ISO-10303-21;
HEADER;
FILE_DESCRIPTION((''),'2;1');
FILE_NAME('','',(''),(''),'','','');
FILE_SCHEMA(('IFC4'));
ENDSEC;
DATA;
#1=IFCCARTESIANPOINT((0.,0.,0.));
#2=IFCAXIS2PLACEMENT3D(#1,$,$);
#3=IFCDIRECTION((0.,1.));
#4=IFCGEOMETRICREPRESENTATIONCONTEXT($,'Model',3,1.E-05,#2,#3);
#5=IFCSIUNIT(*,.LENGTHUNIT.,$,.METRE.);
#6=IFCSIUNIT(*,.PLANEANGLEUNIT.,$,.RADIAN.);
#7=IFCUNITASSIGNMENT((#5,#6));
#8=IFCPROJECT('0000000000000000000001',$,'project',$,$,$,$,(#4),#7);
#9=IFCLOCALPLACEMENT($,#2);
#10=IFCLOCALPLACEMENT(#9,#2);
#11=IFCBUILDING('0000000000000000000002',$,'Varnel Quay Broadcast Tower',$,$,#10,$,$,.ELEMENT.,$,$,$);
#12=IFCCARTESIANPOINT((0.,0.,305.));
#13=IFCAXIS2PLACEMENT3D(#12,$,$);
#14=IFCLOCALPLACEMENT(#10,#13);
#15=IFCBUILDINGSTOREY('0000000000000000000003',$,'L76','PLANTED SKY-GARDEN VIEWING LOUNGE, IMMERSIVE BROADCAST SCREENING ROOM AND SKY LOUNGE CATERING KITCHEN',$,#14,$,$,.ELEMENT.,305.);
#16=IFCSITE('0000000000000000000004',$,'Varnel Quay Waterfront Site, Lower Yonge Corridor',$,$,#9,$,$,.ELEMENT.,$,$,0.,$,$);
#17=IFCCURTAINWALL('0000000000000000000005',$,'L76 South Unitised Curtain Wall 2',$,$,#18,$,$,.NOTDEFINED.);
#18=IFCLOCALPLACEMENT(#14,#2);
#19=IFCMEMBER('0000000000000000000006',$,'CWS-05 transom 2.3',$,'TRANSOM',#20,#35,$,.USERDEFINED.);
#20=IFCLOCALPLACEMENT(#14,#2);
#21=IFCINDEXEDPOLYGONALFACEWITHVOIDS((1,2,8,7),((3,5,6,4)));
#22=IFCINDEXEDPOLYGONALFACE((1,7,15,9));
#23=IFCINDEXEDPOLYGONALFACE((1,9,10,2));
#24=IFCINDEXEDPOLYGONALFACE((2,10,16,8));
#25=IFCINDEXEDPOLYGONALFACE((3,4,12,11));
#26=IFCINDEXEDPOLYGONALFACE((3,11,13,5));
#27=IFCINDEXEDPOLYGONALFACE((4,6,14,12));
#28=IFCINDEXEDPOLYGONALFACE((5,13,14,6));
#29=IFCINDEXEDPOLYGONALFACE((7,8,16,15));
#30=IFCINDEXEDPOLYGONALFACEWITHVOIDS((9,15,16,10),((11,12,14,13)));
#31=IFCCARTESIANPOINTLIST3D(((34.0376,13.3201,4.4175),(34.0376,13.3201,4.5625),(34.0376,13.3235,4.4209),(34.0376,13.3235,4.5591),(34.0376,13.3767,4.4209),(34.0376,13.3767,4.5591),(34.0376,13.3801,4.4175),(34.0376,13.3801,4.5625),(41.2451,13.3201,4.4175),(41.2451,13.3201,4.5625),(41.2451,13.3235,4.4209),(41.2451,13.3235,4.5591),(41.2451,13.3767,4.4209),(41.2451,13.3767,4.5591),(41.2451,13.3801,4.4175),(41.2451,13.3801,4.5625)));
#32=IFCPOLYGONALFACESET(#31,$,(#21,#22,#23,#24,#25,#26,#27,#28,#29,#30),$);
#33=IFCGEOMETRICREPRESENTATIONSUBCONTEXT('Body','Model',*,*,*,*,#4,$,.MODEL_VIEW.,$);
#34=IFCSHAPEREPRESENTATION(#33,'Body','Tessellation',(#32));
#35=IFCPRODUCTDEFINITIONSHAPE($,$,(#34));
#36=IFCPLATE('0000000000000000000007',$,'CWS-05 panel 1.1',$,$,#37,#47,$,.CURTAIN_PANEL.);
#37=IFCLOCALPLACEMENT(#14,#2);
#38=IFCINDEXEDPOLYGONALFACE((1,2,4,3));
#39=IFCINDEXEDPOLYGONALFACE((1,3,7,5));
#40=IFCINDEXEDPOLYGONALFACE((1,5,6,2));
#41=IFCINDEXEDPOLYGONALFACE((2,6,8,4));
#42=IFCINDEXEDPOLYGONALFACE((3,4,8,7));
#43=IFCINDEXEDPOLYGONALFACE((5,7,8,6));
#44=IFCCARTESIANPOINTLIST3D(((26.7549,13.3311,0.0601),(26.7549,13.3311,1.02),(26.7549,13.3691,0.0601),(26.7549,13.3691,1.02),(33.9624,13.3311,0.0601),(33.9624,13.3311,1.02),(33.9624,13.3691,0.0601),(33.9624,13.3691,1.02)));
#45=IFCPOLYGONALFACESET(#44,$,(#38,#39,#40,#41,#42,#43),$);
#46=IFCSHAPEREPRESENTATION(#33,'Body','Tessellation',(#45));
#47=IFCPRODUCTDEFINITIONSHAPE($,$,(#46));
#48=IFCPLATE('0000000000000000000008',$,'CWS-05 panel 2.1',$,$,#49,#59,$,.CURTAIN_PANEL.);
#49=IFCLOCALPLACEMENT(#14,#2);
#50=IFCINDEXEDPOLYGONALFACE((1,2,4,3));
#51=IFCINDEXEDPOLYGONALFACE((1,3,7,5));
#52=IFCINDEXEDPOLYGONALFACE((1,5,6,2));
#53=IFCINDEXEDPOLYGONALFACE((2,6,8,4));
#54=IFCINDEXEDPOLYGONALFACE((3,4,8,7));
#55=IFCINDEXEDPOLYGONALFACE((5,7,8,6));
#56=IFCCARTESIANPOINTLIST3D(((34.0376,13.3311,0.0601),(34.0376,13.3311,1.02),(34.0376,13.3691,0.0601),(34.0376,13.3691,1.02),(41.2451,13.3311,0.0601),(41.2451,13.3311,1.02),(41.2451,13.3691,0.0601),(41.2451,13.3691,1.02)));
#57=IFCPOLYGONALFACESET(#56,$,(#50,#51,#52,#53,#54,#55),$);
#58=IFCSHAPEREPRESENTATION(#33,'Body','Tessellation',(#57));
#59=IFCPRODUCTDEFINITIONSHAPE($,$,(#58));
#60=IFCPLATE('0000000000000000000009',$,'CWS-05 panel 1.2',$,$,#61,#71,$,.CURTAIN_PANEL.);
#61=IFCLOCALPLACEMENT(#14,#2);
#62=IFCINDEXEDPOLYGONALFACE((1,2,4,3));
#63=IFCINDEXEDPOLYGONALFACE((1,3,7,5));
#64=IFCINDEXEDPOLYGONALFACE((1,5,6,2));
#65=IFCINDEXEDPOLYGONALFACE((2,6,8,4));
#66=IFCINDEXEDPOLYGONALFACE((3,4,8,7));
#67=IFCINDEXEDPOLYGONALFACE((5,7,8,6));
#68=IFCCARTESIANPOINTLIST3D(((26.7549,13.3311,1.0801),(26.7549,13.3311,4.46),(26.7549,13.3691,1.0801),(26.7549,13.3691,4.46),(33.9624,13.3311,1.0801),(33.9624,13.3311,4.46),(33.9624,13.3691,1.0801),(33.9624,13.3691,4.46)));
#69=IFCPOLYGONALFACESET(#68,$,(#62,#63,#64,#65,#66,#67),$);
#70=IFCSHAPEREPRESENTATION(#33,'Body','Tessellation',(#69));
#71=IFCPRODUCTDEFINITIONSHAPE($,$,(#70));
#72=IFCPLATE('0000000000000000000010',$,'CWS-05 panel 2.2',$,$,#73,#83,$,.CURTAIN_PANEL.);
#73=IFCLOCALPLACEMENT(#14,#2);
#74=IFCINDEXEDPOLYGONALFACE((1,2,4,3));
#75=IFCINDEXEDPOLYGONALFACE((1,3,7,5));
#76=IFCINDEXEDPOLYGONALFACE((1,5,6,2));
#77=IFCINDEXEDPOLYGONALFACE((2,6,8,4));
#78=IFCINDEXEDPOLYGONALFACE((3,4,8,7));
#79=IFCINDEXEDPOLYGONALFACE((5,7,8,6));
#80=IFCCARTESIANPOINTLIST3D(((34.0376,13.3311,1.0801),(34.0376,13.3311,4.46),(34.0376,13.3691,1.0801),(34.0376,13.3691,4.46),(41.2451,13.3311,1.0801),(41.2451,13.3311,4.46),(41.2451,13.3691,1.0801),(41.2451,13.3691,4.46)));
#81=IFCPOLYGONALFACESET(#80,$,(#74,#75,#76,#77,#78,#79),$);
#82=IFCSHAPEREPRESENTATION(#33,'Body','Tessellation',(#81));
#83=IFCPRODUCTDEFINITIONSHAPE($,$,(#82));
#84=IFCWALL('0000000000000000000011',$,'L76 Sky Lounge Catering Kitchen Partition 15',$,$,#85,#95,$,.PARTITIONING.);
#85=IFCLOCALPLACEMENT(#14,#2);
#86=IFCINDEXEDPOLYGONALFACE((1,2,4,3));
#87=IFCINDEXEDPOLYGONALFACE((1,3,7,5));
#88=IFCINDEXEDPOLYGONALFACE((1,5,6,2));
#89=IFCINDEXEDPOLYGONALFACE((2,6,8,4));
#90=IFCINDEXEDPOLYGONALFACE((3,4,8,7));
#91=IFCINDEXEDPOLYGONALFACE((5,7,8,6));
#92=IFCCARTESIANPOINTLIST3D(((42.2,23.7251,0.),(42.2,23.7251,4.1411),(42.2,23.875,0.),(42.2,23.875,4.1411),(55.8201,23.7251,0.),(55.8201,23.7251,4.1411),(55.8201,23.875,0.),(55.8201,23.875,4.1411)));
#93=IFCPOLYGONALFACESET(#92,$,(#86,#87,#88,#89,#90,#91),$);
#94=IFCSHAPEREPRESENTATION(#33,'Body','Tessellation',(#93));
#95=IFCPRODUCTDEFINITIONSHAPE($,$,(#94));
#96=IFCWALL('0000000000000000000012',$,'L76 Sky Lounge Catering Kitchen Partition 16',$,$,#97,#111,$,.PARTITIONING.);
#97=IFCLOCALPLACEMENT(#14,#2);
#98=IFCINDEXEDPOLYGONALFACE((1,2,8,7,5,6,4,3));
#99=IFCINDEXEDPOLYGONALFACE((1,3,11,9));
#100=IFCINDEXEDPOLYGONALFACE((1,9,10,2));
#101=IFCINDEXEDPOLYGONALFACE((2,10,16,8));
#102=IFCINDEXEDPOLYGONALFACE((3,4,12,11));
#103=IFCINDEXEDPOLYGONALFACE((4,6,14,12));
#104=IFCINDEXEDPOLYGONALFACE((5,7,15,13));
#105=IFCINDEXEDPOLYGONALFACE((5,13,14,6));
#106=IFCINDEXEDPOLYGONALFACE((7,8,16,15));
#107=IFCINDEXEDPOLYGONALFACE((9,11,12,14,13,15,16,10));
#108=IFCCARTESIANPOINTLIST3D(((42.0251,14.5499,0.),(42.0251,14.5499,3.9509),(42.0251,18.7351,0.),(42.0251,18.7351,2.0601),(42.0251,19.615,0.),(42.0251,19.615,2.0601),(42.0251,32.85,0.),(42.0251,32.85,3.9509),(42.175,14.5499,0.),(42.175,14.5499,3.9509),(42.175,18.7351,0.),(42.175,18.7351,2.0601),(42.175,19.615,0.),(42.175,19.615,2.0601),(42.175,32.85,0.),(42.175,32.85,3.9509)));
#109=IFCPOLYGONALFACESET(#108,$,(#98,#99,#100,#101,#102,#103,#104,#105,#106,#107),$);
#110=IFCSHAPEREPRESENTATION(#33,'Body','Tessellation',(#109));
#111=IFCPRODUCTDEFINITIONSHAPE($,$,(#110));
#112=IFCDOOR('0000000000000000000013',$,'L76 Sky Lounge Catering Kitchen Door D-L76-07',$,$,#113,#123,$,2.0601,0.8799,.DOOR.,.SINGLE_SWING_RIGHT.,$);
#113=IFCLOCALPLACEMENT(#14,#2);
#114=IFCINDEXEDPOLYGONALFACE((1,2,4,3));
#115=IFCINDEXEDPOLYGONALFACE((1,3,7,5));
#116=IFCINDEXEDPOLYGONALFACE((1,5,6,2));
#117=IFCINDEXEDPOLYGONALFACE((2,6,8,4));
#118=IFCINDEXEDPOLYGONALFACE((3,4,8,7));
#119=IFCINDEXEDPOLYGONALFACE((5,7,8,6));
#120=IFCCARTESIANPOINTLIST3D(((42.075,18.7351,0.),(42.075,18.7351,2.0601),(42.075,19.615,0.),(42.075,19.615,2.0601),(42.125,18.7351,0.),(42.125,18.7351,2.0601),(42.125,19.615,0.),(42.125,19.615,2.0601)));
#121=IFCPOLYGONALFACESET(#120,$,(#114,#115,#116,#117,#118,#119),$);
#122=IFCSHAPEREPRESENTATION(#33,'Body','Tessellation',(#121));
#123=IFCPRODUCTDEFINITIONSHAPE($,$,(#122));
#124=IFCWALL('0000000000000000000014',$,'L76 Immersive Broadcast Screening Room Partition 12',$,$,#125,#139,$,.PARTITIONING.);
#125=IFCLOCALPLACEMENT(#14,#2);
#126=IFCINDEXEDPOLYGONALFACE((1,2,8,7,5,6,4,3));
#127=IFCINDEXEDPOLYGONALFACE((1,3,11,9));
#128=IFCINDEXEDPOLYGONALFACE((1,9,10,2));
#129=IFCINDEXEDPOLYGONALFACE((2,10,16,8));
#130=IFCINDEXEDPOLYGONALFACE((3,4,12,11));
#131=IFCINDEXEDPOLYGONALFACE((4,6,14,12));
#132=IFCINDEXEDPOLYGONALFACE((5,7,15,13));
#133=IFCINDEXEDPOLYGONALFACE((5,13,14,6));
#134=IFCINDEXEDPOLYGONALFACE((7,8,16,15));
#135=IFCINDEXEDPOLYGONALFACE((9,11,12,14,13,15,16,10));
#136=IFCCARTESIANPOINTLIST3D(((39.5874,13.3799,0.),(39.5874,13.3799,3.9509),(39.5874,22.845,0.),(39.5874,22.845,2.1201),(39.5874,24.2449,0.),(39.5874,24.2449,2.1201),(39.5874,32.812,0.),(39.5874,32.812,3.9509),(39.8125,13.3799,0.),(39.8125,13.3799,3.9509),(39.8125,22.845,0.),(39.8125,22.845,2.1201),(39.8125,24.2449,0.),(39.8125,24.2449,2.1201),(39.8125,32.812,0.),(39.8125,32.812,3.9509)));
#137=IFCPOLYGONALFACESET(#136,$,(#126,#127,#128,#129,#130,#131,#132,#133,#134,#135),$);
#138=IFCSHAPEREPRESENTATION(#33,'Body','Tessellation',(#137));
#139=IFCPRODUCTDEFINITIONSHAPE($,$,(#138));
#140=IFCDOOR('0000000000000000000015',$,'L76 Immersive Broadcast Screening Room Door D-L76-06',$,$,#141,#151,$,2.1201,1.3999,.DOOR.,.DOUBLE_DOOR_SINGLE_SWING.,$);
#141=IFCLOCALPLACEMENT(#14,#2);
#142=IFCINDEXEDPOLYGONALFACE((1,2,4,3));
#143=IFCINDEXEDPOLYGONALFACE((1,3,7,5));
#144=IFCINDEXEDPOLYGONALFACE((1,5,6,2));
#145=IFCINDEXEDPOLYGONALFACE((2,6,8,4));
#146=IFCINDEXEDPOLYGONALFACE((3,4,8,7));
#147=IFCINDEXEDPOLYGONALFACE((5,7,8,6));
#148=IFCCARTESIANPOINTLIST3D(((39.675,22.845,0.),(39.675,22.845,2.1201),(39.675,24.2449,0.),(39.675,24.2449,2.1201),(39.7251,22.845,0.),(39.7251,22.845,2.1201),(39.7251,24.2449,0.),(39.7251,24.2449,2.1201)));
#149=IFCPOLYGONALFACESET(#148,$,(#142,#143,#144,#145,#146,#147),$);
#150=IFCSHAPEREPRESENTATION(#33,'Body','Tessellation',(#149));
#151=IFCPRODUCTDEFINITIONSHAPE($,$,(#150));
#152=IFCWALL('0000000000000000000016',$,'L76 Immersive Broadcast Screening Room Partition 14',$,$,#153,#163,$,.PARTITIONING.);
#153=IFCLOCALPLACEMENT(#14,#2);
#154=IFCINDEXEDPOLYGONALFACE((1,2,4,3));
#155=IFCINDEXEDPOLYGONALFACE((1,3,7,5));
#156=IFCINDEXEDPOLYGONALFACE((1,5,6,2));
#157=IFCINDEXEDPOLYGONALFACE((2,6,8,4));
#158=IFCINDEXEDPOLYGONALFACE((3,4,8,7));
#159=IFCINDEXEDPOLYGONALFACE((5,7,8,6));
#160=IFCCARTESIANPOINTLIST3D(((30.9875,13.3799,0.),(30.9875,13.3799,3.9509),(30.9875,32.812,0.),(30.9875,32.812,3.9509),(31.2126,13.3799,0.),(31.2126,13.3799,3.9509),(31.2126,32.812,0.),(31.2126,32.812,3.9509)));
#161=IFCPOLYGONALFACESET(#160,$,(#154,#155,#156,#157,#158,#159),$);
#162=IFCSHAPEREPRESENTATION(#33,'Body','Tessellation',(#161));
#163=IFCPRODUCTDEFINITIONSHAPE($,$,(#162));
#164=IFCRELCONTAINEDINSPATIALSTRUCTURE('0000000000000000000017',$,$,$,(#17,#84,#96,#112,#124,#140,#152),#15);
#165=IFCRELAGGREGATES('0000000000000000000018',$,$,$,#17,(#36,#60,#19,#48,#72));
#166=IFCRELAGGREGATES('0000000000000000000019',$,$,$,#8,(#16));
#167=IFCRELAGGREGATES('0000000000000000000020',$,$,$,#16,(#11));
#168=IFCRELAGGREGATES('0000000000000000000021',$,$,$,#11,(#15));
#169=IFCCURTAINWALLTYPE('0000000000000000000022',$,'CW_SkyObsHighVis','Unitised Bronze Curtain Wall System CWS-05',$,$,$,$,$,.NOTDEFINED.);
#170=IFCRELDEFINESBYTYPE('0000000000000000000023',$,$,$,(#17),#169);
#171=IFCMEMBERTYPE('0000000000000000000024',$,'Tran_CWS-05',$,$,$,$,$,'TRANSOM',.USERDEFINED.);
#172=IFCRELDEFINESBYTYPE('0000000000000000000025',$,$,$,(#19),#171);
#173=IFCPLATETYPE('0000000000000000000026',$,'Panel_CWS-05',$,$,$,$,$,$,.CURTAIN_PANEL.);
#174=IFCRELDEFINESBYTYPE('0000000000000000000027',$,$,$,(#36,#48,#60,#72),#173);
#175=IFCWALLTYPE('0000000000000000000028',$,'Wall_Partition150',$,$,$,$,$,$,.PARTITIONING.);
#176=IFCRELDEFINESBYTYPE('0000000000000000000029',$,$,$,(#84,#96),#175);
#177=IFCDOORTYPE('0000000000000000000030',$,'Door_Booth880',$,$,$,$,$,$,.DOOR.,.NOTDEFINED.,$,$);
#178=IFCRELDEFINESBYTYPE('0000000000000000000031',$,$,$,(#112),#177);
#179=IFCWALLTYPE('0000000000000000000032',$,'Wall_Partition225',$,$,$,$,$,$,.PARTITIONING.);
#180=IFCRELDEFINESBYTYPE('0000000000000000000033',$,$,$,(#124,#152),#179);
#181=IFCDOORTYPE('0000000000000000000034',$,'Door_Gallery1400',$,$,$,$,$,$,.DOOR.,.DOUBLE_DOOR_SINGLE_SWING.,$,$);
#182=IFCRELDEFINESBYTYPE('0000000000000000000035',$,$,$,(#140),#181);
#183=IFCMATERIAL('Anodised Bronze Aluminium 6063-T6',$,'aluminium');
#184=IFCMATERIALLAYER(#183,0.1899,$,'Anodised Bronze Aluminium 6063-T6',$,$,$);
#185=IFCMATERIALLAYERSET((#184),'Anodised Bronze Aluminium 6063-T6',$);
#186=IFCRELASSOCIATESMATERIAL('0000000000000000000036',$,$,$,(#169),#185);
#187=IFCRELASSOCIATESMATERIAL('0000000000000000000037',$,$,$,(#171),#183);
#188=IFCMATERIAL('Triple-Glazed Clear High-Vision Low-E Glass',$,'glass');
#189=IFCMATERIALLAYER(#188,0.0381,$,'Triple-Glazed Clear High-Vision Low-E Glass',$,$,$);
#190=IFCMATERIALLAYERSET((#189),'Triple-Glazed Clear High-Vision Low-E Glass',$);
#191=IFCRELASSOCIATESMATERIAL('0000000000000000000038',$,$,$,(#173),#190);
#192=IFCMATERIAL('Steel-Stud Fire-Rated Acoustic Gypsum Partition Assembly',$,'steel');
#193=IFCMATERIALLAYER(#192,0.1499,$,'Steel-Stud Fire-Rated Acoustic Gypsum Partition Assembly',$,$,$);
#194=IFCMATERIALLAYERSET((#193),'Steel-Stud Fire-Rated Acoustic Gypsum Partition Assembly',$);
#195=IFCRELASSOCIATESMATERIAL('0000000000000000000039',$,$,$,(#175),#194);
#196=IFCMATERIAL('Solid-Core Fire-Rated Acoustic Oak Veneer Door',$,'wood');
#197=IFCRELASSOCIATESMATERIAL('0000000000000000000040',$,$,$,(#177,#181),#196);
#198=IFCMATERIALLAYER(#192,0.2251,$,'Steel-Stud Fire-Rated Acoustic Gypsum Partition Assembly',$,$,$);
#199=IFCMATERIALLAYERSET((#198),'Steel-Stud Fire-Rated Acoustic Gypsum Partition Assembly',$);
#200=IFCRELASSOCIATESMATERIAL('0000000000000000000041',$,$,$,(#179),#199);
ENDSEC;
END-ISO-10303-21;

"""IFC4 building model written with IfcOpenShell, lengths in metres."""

from ifc_helpers import new_model, si_unit, direction, frame, frame_2d, origin, origin_2d, place, context, subcontext, project, spatial, rectangle, hollow_rectangle, extrude, source, transform, mapped, material, layer, layer_set, material_profile, profile_set, type_object, type_shapes, element, fill, aggregate, save


model = new_model("IFC4")

# Units and contexts
model_context = context("Model", 3, precision=1e-05, world=origin(), true_north=direction((0.0, 1.0)))
body_context = subcontext(model_context, "Body", "Model", "MODEL_VIEW")
ifc_project = project(units=[si_unit("LENGTHUNIT", "METRE"), si_unit("PLANEANGLEUNIT", "RADIAN")], contexts=[model_context])

# Site, building, storey
site_placement = place(None, origin())
site = spatial("IfcSite", under=ifc_project, at=site_placement, Name="Varnel Quay Waterfront Site, Lower Yonge Corridor", CompositionType="ELEMENT", RefElevation=0.0)
building_placement = place(site_placement, origin())
building = spatial("IfcBuilding", under=site, at=building_placement, Name="Varnel Quay Broadcast Tower", CompositionType="ELEMENT")
storey_placement = place(building_placement, frame((0.0, 0.0, 305.0)))
storey = spatial("IfcBuildingStorey", under=building, at=storey_placement, Name="L76", Description="PLANTED SKY-GARDEN VIEWING LOUNGE, IMMERSIVE BROADCAST SCREENING ROOM AND SKY LOUNGE CATERING KITCHEN", CompositionType="ELEMENT", Elevation=305.0)

# Curtain wall, member, plates
ifc_material_1 = material(Name="Anodised Bronze Aluminium 6063-T6", Category="aluminium")
ifc_layer_1 = layer(ifc_material_1, 0.1899, Name="Anodised Bronze Aluminium 6063-T6")
ifc_layer_set_1 = layer_set([ifc_layer_1], Name="Anodised Bronze Aluminium 6063-T6")
curtain_wall_type = type_object("IfcCurtainWallType", Name="CW_SkyObsHighVis", Description="Unitised Bronze Curtain Wall System CWS-05", PredefinedType="NOTDEFINED", material=ifc_layer_set_1)
curtain_wall_placement = place(storey_placement, origin())
curtain_wall = element("IfcCurtainWall", 1, at=curtain_wall_placement, inside=storey, type_object=curtain_wall_type, Name="L76 South Unitised Curtain Wall 2", PredefinedType="NOTDEFINED")
ifc_material_profile_1 = material_profile(ifc_material_1, hollow_rectangle(XDim=0.0601, YDim=0.145, WallThickness=0.0034, at=origin_2d()), Name="ALU60X145X3.5")
ifc_profile_set_1 = profile_set([ifc_material_profile_1], Name="Anodised Bronze Aluminium 6063-T6")
member_type_1 = type_object("IfcMemberType", Name="Tran_CWS-05", ElementType="TRANSOM", PredefinedType="USERDEFINED", material=ifc_profile_set_1)
shared_shape_1 = source(origin(), body_context, "Body", "SweptSolid", [
    extrude(hollow_rectangle(XDim=0.0601, YDim=0.145, WallThickness=0.0034, at=origin_2d()), origin(), (0.0, 0.0, 1.0), 7.2075),
])
type_shapes(member_type_1, [shared_shape_1])
member_1_placement = place(storey_placement, frame((34.0376, 13.3501, 4.49), z_axis=(1.0, 0.0, 0.0), x_axis=(0.0, 1.0, 0.0)))
member_1 = element("IfcMember", 2, at=member_1_placement, type_object=member_type_1, Name="CWS-05 transom 2.3", ObjectType="TRANSOM", PredefinedType="USERDEFINED", context=body_context, shape_type="MappedRepresentation", body=[
    mapped(shared_shape_1, transform((0.0, 0.0, 0.0), x_axis=(1.0, 0.0, 0.0), y_axis=(0.0, 1.0, 0.0), z_axis=(0.0, 0.0, 1.0), scale=1.0)),
])
ifc_material_2 = material(Name="Triple-Glazed Clear High-Vision Low-E Glass", Category="glass")
ifc_layer_2 = layer(ifc_material_2, 0.0381, Name="Triple-Glazed Clear High-Vision Low-E Glass")
ifc_layer_set_2 = layer_set([ifc_layer_2], Name="Triple-Glazed Clear High-Vision Low-E Glass")
plate_type = type_object("IfcPlateType", Name="Panel_CWS-05", PredefinedType="CURTAIN_PANEL", material=ifc_layer_set_2)
shared_shape_2 = source(origin(), body_context, "Body", "SweptSolid", [
    extrude(rectangle(XDim=7.2075, YDim=0.0381, at=origin_2d()), origin(), (0.0, 0.0, 1.0), 0.96),
])
plate_1_placement = place(storey_placement, frame((30.3586, 13.3501, 0.0601), z_axis=(0.0, 0.0, 1.0), x_axis=(1.0, 0.0, 0.0)))
plate_1 = element("IfcPlate", 3, at=plate_1_placement, type_object=plate_type, Name="CWS-05 panel 1.1", PredefinedType="CURTAIN_PANEL", context=body_context, shape_type="MappedRepresentation", body=[
    mapped(shared_shape_2, transform((0.0, 0.0, 0.0), x_axis=(1.0, 0.0, 0.0), y_axis=(0.0, 1.0, 0.0), z_axis=(0.0, 0.0, 1.0), scale=1.0)),
])
plate_2_placement = place(storey_placement, frame((37.6414, 13.3501, 0.0601), z_axis=(0.0, 0.0, 1.0), x_axis=(1.0, 0.0, 0.0)))
plate_2 = element("IfcPlate", 4, at=plate_2_placement, type_object=plate_type, Name="CWS-05 panel 2.1", PredefinedType="CURTAIN_PANEL", context=body_context, shape_type="MappedRepresentation", body=[
    mapped(shared_shape_2, transform((0.0, 0.0, 0.0), x_axis=(1.0, 0.0, 0.0), y_axis=(0.0, 1.0, 0.0), z_axis=(0.0, 0.0, 1.0), scale=1.0)),
])
shared_shape_3 = source(origin(), body_context, "Body", "SweptSolid", [
    extrude(rectangle(XDim=7.2075, YDim=0.0381, at=origin_2d()), origin(), (0.0, 0.0, 1.0), 3.3799),
])
type_shapes(plate_type, [shared_shape_2, shared_shape_3])
plate_3_placement = place(storey_placement, frame((30.3586, 13.3501, 1.0801), z_axis=(0.0, 0.0, 1.0), x_axis=(1.0, 0.0, 0.0)))
plate_3 = element("IfcPlate", 5, at=plate_3_placement, type_object=plate_type, Name="CWS-05 panel 1.2", PredefinedType="CURTAIN_PANEL", context=body_context, shape_type="MappedRepresentation", body=[
    mapped(shared_shape_3, transform((0.0, 0.0, 0.0), x_axis=(1.0, 0.0, 0.0), y_axis=(0.0, 1.0, 0.0), z_axis=(0.0, 0.0, 1.0), scale=1.0)),
])
plate_4_placement = place(storey_placement, frame((37.6414, 13.3501, 1.0801), z_axis=(0.0, 0.0, 1.0), x_axis=(1.0, 0.0, 0.0)))
plate_4 = element("IfcPlate", 6, at=plate_4_placement, type_object=plate_type, Name="CWS-05 panel 2.2", PredefinedType="CURTAIN_PANEL", context=body_context, shape_type="MappedRepresentation", body=[
    mapped(shared_shape_3, transform((0.0, 0.0, 0.0), x_axis=(1.0, 0.0, 0.0), y_axis=(0.0, 1.0, 0.0), z_axis=(0.0, 0.0, 1.0), scale=1.0)),
])
aggregate(curtain_wall, [plate_1, plate_3, member_1, plate_2, plate_4])

# Wall
ifc_material_3 = material(Name="Steel-Stud Fire-Rated Acoustic Gypsum Partition Assembly", Category="steel")
ifc_layer_3 = layer(ifc_material_3, 0.1499, Name="Steel-Stud Fire-Rated Acoustic Gypsum Partition Assembly")
ifc_layer_set_3 = layer_set([ifc_layer_3], Name="Steel-Stud Fire-Rated Acoustic Gypsum Partition Assembly")
wall_type_1 = type_object("IfcWallType", Name="Wall_Partition150", PredefinedType="PARTITIONING", material=ifc_layer_set_3)
wall_1_placement = place(storey_placement, frame((42.2, 23.8, 0.0), z_axis=(0.0, 0.0, 1.0), x_axis=(1.0, 0.0, 0.0)))
element("IfcWall", 7, at=wall_1_placement, inside=storey, type_object=wall_type_1, Name="L76 Sky Lounge Catering Kitchen Partition 15", PredefinedType="PARTITIONING", context=body_context, shape_type="SweptSolid", body=[
    extrude(rectangle(XDim=13.6201, YDim=0.1499, at=frame_2d((6.8101, 0.0))), origin(), (0.0, 0.0, 1.0), 4.1411),
])

# Walls, openings, doors
wall_2_placement = place(storey_placement, frame((42.1001, 14.55, 0.0), z_axis=(0.0, 0.0, 1.0), x_axis=(0.0, 1.0, 0.0)))
wall_2 = element("IfcWall", 8, at=wall_2_placement, inside=storey, type_object=wall_type_1, Name="L76 Sky Lounge Catering Kitchen Partition 16", PredefinedType="PARTITIONING", context=body_context, shape_type="SweptSolid", body=[
    extrude(rectangle(XDim=18.3, YDim=0.1499, at=frame_2d((9.1499, 0.0))), origin(), (0.0, 0.0, 1.0), 3.9509),
])
opening_1_placement = place(wall_2_placement, frame((4.1851, 0.0, 0.0)))
opening_1 = element("IfcOpeningElement", 9, at=opening_1_placement, cuts=wall_2, PredefinedType="OPENING", context=body_context, shape_type="SweptSolid", body=[
    extrude(rectangle(XDim=0.8799, YDim=2.0601, at=frame_2d((0.4399, 1.03))), frame((0.0, 0.085, 0.0), z_axis=(0.0, -1.0, 0.0), x_axis=(1.0, 0.0, 0.0)), (0.0, 0.0, 1.0), 0.1699),
])
ifc_material_4 = material(Name="Solid-Core Fire-Rated Acoustic Oak Veneer Door", Category="wood")
door_type_1 = type_object("IfcDoorType", Name="Door_Booth880", OperationType="NOTDEFINED", PredefinedType="DOOR", material=ifc_material_4)
shared_shape_4 = source(origin(), body_context, "Body", "SweptSolid", [
    extrude(rectangle(XDim=0.8799, YDim=2.0601, at=frame_2d((0.4399, 1.03))), frame((0.0, 0.0249, 0.0), z_axis=(0.0, -1.0, 0.0), x_axis=(1.0, 0.0, 0.0)), (0.0, 0.0, 1.0), 0.05),
])
type_shapes(door_type_1, [shared_shape_4])
door_1_placement = place(opening_1_placement, frame((0.8799, 0.0, 0.0), z_axis=(0.0, 0.0, 1.0), x_axis=(-1.0, 0.0, 0.0)))
door_1 = element("IfcDoor", 10, at=door_1_placement, inside=storey, type_object=door_type_1, Name="L76 Sky Lounge Catering Kitchen Door D-L76-07", OperationType="SINGLE_SWING_RIGHT", OverallHeight=2.0601, OverallWidth=0.8799, PredefinedType="DOOR", context=body_context, shape_type="MappedRepresentation", body=[
    mapped(shared_shape_4, transform((0.0, 0.0, 0.0), x_axis=(1.0, 0.0, 0.0), y_axis=(0.0, 1.0, 0.0), z_axis=(0.0, 0.0, 1.0), scale=1.0)),
])
fill(opening_1, door_1)
ifc_layer_4 = layer(ifc_material_3, 0.2251, Name="Steel-Stud Fire-Rated Acoustic Gypsum Partition Assembly")
ifc_layer_set_4 = layer_set([ifc_layer_4], Name="Steel-Stud Fire-Rated Acoustic Gypsum Partition Assembly")
wall_type_2 = type_object("IfcWallType", Name="Wall_Partition225", PredefinedType="PARTITIONING", material=ifc_layer_set_4)
wall_3_placement = place(storey_placement, frame((39.7, 13.3799, 0.0), z_axis=(0.0, 0.0, 1.0), x_axis=(0.0, 1.0, 0.0)))
wall_3 = element("IfcWall", 11, at=wall_3_placement, inside=storey, type_object=wall_type_2, Name="L76 Immersive Broadcast Screening Room Partition 12", PredefinedType="PARTITIONING", context=body_context, shape_type="SweptSolid", body=[
    extrude(rectangle(XDim=19.4321, YDim=0.2251, at=frame_2d((9.7161, 0.0))), origin(), (0.0, 0.0, 1.0), 3.9509),
])
opening_2_placement = place(wall_3_placement, frame((9.4651, 0.0, 0.0)))
opening_2 = element("IfcOpeningElement", 12, at=opening_2_placement, cuts=wall_3, PredefinedType="OPENING", context=body_context, shape_type="SweptSolid", body=[
    extrude(rectangle(XDim=1.3999, YDim=2.1201, at=frame_2d((0.7, 1.0601))), frame((0.0, 0.1226, 0.0), z_axis=(0.0, -1.0, 0.0), x_axis=(1.0, 0.0, 0.0)), (0.0, 0.0, 1.0), 0.2451),
])
door_type_2 = type_object("IfcDoorType", Name="Door_Gallery1400", OperationType="DOUBLE_DOOR_SINGLE_SWING", PredefinedType="DOOR", material=ifc_material_4)
shared_shape_5 = source(origin(), body_context, "Body", "SweptSolid", [
    extrude(rectangle(XDim=1.3999, YDim=2.1201, at=frame_2d((0.7, 1.0601))), frame((0.0, 0.0249, 0.0), z_axis=(0.0, -1.0, 0.0), x_axis=(1.0, 0.0, 0.0)), (0.0, 0.0, 1.0), 0.05),
])
type_shapes(door_type_2, [shared_shape_5])
door_2_placement = place(opening_2_placement, origin())
door_2 = element("IfcDoor", 13, at=door_2_placement, inside=storey, type_object=door_type_2, Name="L76 Immersive Broadcast Screening Room Door D-L76-06", OperationType="DOUBLE_DOOR_SINGLE_SWING", OverallHeight=2.1201, OverallWidth=1.3999, PredefinedType="DOOR", context=body_context, shape_type="MappedRepresentation", body=[
    mapped(shared_shape_5, transform((0.0, 0.0, 0.0), x_axis=(1.0, 0.0, 0.0), y_axis=(0.0, 1.0, 0.0), z_axis=(0.0, 0.0, 1.0), scale=1.0)),
])
fill(opening_2, door_2)

# Wall
wall_4_placement = place(storey_placement, frame((31.1001, 13.3799, 0.0), z_axis=(0.0, 0.0, 1.0), x_axis=(0.0, 1.0, 0.0)))
element("IfcWall", 14, at=wall_4_placement, inside=storey, type_object=wall_type_2, Name="L76 Immersive Broadcast Screening Room Partition 14", PredefinedType="PARTITIONING", context=body_context, shape_type="SweptSolid", body=[
    extrude(rectangle(XDim=19.4321, YDim=0.2251, at=frame_2d((9.7161, 0.0))), origin(), (0.0, 0.0, 1.0), 3.9509),
])

save(model, "model.ifc")
